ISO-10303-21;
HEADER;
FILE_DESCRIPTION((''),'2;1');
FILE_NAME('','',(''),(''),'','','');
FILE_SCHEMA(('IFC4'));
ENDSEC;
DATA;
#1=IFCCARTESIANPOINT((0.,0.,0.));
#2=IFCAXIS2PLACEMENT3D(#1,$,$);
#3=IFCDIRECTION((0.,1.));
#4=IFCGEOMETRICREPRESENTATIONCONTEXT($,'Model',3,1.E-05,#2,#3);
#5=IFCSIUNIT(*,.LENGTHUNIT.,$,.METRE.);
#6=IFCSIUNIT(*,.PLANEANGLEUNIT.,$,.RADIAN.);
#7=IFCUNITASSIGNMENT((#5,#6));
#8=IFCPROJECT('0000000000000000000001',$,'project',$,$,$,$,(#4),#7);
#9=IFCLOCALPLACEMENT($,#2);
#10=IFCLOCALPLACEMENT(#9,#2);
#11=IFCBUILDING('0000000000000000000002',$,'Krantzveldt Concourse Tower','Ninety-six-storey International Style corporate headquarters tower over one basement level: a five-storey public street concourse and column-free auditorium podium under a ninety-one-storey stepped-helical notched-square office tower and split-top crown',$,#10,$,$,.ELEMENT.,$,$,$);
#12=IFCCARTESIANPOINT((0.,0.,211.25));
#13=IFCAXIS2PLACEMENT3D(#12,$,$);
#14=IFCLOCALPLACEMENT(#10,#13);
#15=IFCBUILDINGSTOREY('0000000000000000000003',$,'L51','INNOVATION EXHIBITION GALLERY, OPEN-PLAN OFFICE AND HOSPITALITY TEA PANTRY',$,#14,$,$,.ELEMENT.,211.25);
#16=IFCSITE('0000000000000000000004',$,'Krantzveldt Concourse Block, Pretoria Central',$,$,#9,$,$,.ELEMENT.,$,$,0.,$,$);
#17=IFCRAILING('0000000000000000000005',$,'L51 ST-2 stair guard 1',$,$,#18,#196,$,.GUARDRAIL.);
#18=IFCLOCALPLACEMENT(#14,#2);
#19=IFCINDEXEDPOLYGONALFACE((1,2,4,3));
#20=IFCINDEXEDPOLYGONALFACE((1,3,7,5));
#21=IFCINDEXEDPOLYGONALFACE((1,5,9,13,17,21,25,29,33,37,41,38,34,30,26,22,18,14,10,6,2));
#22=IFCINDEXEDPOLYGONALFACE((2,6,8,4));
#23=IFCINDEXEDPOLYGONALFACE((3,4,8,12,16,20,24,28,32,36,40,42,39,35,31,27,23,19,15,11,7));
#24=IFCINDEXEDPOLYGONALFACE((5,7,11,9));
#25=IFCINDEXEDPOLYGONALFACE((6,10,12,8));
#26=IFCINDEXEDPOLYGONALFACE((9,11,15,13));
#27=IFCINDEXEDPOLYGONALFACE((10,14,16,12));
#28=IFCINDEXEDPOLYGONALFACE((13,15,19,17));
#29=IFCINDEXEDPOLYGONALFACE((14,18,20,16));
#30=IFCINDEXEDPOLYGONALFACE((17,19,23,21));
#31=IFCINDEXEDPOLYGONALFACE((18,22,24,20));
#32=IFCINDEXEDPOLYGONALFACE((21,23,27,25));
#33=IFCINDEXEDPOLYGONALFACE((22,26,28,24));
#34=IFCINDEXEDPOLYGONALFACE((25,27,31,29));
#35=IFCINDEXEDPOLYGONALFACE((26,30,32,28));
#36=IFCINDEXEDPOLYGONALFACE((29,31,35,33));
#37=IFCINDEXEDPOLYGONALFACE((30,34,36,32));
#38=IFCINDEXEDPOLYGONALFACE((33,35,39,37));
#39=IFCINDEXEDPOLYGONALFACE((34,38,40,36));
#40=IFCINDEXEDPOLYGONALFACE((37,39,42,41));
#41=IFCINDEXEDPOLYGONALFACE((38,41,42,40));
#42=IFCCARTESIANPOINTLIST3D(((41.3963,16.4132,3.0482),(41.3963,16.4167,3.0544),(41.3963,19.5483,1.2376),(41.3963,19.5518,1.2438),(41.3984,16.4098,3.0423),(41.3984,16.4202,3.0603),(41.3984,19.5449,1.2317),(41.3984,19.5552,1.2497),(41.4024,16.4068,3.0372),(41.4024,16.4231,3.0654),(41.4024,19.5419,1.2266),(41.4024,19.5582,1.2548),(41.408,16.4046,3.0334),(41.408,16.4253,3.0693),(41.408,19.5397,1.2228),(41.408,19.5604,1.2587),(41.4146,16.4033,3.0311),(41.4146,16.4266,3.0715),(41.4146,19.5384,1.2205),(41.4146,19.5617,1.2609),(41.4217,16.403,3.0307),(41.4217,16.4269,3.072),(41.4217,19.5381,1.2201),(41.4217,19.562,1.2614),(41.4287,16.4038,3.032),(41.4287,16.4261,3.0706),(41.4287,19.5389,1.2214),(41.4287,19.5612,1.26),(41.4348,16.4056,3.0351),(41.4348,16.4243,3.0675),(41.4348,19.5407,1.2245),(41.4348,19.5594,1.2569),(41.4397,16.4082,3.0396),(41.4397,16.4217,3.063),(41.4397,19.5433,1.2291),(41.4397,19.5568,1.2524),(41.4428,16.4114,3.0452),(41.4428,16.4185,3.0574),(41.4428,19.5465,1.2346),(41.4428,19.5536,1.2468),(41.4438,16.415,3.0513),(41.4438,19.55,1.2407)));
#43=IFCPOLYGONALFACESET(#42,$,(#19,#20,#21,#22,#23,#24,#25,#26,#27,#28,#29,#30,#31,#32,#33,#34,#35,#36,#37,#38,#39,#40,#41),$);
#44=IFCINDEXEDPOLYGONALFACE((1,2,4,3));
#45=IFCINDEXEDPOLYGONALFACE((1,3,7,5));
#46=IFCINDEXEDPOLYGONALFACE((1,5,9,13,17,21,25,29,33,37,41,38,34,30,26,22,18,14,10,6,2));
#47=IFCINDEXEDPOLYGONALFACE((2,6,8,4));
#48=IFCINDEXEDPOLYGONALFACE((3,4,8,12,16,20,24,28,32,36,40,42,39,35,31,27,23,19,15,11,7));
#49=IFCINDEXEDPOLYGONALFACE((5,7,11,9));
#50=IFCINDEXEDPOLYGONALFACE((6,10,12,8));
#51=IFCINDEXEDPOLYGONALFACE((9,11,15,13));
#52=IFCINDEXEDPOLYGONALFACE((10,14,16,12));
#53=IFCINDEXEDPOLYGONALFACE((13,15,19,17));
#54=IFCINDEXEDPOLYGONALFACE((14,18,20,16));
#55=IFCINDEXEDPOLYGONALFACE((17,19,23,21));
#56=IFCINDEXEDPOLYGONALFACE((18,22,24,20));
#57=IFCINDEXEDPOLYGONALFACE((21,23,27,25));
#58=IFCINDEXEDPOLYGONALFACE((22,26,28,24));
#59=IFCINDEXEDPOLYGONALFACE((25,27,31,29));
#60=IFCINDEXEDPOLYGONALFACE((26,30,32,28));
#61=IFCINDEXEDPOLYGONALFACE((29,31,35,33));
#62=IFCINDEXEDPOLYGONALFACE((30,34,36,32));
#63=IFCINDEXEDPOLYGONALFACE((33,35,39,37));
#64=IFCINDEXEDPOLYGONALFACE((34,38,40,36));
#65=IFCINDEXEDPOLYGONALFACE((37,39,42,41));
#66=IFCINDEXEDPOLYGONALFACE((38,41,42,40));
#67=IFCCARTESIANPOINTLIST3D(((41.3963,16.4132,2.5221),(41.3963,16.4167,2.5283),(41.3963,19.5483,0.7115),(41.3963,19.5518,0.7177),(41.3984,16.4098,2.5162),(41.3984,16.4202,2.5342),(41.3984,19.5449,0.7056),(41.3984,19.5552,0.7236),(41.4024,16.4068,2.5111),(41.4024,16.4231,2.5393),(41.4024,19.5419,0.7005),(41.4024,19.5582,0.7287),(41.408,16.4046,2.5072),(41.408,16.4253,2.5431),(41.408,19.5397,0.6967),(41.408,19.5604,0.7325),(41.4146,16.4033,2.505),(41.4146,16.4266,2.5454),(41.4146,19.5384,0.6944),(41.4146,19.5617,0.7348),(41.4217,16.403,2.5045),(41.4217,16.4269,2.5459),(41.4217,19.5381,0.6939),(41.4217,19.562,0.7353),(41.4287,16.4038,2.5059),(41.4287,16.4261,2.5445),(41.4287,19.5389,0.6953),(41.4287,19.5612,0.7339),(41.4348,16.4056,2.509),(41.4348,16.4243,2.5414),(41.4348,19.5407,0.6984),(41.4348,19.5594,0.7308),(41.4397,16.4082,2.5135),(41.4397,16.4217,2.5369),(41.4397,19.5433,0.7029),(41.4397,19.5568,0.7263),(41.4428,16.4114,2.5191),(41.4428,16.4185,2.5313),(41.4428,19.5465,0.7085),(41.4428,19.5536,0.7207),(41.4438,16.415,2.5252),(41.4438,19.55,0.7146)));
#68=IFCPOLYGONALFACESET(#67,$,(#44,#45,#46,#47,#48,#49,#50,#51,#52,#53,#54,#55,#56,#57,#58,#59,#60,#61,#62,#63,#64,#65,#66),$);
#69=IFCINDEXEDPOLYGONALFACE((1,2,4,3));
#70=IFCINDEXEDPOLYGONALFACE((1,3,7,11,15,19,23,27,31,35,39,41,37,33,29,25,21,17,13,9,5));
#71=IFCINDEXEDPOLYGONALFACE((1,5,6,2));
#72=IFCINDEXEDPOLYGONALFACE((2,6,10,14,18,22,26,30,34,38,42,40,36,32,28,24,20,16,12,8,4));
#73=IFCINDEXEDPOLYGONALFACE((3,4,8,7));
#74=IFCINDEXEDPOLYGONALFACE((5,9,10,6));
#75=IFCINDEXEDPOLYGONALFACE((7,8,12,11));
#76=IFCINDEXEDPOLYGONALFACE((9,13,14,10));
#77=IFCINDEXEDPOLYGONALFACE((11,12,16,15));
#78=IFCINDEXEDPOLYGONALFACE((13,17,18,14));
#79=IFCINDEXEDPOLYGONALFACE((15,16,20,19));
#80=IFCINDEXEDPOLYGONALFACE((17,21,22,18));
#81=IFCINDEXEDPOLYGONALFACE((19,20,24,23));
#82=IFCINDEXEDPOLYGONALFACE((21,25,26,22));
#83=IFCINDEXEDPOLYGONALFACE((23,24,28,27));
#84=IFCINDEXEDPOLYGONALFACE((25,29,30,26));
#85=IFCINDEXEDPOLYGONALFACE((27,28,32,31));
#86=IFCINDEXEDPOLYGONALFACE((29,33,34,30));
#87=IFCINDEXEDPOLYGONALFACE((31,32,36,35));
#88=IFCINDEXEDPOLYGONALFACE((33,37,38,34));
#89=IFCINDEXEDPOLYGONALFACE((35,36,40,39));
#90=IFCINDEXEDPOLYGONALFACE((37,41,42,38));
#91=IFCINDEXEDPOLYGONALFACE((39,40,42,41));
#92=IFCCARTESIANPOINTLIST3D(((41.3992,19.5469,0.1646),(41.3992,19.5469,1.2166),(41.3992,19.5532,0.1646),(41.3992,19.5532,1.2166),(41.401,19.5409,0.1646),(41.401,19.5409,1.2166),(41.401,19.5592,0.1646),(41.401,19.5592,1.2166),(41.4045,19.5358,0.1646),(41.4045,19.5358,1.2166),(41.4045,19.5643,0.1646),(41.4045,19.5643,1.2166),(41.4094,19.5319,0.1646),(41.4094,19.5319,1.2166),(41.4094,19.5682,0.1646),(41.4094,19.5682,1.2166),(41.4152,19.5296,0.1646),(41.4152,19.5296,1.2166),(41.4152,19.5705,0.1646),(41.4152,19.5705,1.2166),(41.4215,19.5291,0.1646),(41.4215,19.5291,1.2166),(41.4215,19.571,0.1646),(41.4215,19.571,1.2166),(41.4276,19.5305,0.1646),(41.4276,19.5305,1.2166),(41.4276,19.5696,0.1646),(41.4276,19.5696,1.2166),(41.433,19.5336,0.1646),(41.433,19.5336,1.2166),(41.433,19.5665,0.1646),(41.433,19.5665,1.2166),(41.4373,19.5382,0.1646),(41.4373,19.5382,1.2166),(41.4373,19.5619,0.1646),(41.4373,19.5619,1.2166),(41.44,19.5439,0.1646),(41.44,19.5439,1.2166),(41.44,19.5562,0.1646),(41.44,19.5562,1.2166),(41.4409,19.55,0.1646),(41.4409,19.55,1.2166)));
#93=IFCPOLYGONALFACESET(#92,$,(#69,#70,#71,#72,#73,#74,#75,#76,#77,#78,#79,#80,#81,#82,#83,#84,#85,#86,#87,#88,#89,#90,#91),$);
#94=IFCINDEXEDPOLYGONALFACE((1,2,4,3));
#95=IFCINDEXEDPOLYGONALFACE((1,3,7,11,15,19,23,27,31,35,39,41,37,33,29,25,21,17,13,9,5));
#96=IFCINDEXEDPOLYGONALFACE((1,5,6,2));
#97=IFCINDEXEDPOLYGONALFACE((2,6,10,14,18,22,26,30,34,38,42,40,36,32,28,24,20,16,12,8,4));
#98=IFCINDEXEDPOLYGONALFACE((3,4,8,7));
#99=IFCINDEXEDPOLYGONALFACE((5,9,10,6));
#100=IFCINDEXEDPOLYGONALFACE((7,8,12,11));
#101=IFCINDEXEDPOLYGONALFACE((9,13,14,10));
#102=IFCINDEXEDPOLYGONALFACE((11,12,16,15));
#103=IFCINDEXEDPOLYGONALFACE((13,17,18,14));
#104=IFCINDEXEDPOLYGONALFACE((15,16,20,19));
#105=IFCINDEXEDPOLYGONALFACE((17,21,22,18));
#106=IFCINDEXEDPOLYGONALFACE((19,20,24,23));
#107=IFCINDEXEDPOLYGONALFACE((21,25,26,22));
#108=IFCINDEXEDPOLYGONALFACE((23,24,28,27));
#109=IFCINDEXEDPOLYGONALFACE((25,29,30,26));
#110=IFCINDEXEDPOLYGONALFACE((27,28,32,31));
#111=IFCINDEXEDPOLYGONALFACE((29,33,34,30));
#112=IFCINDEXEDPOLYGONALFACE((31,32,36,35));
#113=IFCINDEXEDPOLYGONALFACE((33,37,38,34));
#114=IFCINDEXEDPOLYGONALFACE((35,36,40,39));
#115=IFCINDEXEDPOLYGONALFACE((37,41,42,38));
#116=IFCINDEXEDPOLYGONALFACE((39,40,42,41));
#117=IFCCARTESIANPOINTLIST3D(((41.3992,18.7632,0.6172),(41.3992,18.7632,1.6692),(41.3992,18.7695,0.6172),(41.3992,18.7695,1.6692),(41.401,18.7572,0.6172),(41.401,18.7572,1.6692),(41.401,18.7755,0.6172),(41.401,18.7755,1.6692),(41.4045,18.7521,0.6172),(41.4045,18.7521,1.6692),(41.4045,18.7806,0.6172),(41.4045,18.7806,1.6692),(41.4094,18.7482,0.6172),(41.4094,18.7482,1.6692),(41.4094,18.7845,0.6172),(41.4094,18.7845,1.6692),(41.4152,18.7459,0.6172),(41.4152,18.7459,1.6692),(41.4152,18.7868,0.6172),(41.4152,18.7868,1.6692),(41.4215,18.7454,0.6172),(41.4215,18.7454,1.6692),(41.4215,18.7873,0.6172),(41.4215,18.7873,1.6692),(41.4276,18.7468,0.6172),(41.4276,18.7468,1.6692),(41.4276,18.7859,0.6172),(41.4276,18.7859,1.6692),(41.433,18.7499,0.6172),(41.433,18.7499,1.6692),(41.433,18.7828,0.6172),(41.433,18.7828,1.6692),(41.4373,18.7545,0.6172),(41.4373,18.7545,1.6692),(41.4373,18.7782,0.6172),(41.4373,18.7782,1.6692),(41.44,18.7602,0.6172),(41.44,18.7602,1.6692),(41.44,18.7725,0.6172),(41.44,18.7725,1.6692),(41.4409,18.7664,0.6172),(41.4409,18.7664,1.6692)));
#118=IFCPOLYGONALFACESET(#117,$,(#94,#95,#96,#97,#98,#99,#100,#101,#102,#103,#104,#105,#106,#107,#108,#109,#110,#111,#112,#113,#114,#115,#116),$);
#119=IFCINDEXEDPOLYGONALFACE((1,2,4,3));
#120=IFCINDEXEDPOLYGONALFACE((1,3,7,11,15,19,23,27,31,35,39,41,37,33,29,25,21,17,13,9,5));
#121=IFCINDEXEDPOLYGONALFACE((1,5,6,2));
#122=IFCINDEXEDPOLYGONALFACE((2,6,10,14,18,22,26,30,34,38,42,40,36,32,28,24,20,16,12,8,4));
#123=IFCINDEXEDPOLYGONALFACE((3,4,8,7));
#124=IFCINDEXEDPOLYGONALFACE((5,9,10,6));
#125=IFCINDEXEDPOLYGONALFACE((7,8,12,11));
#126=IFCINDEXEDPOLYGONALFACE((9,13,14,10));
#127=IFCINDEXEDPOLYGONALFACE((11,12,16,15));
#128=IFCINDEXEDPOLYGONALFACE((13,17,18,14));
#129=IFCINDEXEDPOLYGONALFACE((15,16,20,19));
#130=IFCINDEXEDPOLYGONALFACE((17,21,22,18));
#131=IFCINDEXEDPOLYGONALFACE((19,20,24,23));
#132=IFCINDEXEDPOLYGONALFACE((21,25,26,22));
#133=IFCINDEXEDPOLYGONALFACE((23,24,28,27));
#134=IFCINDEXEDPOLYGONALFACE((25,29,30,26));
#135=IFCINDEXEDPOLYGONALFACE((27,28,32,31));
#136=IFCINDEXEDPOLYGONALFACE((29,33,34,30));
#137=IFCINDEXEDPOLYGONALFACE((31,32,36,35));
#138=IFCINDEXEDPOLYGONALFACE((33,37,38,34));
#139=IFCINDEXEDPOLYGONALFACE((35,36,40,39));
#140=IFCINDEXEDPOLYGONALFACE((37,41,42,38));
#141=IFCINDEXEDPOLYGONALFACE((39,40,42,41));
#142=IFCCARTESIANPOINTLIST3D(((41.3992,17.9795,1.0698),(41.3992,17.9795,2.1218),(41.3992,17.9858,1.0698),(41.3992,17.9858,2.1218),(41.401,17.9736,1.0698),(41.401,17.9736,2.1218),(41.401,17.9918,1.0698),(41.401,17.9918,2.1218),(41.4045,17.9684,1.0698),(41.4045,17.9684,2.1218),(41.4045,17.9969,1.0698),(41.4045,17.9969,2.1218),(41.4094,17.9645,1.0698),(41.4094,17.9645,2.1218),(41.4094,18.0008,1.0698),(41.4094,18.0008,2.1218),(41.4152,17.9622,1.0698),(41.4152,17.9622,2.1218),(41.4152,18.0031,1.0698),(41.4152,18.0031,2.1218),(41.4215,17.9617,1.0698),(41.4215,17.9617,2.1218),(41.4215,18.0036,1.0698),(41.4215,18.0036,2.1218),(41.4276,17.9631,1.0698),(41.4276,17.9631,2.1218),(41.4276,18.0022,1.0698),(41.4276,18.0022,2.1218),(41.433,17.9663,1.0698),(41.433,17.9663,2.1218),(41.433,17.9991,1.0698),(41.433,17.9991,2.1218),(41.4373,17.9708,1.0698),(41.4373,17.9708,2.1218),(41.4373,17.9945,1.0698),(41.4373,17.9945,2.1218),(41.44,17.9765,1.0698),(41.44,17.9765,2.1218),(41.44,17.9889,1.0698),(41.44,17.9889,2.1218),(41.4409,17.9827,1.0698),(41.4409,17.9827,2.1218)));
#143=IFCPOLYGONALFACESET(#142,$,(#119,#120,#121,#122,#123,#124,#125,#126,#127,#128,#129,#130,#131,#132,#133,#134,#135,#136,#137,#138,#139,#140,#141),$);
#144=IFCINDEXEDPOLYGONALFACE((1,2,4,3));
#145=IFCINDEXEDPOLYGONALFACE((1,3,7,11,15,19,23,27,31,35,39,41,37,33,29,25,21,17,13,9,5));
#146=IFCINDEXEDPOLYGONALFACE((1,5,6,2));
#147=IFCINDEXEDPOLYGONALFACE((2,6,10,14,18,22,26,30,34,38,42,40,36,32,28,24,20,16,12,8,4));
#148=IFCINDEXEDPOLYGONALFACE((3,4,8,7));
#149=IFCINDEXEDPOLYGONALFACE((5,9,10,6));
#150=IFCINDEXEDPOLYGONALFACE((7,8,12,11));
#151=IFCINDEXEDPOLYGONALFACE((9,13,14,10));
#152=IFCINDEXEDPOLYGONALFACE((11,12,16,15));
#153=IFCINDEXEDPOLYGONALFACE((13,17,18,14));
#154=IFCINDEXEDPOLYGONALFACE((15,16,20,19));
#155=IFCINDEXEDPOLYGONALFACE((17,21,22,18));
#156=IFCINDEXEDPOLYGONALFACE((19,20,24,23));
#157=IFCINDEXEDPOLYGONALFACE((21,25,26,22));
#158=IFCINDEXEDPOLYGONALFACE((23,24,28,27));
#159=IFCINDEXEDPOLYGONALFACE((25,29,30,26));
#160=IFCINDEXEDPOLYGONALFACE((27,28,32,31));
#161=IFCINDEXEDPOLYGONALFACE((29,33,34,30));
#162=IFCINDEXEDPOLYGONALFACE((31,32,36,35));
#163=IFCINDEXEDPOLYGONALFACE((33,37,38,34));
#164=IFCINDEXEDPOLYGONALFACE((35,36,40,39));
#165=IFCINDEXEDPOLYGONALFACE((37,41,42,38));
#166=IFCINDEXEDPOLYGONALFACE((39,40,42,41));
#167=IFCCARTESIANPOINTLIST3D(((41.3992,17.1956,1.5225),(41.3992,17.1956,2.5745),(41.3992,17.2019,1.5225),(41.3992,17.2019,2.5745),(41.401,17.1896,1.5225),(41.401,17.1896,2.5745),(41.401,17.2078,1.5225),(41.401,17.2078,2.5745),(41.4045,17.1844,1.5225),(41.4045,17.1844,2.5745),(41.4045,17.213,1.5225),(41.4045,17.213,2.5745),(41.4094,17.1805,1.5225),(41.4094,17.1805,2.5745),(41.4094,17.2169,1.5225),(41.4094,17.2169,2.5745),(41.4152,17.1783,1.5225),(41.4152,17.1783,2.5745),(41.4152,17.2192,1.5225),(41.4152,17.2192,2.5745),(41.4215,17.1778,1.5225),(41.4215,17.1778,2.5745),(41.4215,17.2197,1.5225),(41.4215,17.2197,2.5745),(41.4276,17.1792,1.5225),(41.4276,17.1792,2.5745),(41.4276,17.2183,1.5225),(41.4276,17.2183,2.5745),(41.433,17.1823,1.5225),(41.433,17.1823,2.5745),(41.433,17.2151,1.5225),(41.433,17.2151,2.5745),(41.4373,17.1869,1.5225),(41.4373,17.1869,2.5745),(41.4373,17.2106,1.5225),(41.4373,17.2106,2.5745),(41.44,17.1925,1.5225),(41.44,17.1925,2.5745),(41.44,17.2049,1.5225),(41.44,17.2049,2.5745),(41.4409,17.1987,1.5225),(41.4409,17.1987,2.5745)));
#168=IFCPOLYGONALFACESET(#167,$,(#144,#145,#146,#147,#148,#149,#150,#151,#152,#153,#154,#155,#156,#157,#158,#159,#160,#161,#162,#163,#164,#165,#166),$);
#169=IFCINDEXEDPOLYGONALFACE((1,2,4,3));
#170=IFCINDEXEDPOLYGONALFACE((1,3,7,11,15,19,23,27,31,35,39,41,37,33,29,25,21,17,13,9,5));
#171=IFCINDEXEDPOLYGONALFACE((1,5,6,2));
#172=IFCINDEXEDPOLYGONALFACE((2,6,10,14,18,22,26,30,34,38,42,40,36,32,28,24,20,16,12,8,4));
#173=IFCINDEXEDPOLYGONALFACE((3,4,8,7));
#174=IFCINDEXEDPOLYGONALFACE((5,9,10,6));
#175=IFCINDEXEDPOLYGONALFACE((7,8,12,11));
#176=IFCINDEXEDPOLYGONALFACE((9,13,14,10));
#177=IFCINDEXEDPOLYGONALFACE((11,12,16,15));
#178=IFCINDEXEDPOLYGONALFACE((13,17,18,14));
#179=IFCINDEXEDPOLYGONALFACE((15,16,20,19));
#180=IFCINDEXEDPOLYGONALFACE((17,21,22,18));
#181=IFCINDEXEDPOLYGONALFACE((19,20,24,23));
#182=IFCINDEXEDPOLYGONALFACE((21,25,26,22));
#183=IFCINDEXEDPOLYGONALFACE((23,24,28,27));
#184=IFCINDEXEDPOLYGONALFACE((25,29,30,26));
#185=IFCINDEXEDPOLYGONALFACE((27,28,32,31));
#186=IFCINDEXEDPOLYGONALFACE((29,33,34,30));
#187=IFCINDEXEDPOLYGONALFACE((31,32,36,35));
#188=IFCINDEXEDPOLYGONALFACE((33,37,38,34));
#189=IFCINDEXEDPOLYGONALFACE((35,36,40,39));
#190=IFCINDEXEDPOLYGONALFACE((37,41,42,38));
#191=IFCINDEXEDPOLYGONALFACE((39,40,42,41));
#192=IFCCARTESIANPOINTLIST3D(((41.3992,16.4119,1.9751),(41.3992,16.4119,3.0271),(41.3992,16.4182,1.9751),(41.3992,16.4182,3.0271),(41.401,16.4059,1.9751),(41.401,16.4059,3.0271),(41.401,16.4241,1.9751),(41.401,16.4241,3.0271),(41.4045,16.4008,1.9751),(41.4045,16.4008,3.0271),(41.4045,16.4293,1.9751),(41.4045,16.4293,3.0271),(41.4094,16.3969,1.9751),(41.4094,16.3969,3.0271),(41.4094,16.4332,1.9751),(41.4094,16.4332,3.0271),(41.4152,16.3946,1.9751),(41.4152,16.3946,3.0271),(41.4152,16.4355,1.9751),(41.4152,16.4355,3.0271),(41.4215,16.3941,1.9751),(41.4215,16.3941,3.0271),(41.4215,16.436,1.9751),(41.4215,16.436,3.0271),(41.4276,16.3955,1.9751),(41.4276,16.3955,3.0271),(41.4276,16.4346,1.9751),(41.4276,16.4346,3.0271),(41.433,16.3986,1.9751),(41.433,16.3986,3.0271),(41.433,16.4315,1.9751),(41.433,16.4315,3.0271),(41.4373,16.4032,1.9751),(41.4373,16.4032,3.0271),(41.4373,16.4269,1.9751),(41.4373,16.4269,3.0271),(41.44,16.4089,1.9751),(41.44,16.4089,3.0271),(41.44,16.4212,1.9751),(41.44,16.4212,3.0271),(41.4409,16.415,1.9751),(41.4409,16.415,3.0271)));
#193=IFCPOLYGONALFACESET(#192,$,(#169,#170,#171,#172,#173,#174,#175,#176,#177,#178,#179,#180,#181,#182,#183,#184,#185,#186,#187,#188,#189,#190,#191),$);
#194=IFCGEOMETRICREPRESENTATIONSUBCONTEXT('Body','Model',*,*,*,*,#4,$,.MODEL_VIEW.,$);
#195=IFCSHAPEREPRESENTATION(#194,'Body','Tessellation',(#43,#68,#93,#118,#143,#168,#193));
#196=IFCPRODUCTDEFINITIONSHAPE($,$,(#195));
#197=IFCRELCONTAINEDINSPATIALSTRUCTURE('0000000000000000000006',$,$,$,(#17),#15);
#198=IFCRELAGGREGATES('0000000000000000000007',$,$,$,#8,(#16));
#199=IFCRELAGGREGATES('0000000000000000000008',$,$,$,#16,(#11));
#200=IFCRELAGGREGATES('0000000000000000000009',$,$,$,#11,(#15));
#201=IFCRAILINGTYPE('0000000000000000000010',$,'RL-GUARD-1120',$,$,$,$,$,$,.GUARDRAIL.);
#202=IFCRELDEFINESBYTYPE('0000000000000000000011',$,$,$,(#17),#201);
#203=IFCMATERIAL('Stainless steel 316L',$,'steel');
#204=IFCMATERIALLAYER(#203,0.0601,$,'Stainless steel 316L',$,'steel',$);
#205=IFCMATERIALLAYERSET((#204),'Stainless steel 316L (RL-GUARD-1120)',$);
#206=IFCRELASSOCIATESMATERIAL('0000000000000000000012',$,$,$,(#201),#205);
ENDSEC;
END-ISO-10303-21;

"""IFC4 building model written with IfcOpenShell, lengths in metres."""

from ifc_helpers import new_model, si_unit, direction, frame, origin, origin_2d, place, context, subcontext, project, spatial, circle, extrude, material, layer, layer_set, type_object, element, save


model = new_model("IFC4")

# Units and contexts
model_context = context("Model", 3, precision=1e-05, world=origin(), true_north=direction((0.0, 1.0)))
body_context = subcontext(model_context, "Body", "Model", "MODEL_VIEW")
ifc_project = project(units=[si_unit("LENGTHUNIT", "METRE"), si_unit("PLANEANGLEUNIT", "RADIAN")], contexts=[model_context])

# Site, building, storey
site_placement = place(None, origin())
site = spatial("IfcSite", under=ifc_project, at=site_placement, Name="Krantzveldt Concourse Block, Pretoria Central", CompositionType="ELEMENT", RefElevation=0.0)
building_placement = place(site_placement, origin())
building = spatial("IfcBuilding", under=site, at=building_placement, Name="Krantzveldt Concourse Tower", Description="Ninety-six-storey International Style corporate headquarters tower over one basement level: a five-storey public street concourse and column-free auditorium podium under a ninety-one-storey stepped-helical notched-square office tower and split-top crown", CompositionType="ELEMENT")
storey_placement = place(building_placement, frame((0.0, 0.0, 211.25)))
storey = spatial("IfcBuildingStorey", under=building, at=storey_placement, Name="L51", Description="INNOVATION EXHIBITION GALLERY, OPEN-PLAN OFFICE AND HOSPITALITY TEA PANTRY", CompositionType="ELEMENT", Elevation=211.25)

# Shared definitions
ifc_material_1 = material(Name="Stainless steel 316L", Category="steel")

# Railing
ifc_layer_1 = layer(ifc_material_1, 0.0601, Name="Stainless steel 316L", Category="steel")
ifc_layer_set_1 = layer_set([ifc_layer_1], Name="Stainless steel 316L (RL-GUARD-1120)")
railing_type_1 = type_object("IfcRailingType", Name="RL-GUARD-1120", PredefinedType="GUARDRAIL", material=ifc_layer_set_1)
railing_1_placement = place(storey_placement, frame((41.4199, 19.55, 0.1646)))
element("IfcRailing", 1, at=railing_1_placement, inside=storey, type_object=railing_type_1, Name="L51 ST-2 stair guard 1", PredefinedType="GUARDRAIL", context=body_context, shape_type="SweptSolid", body=[
    extrude(circle(Radius=0.0239, at=origin_2d()), frame((0.0, 0.0, 1.0762), z_axis=(0.0, -0.86596, 0.500114), x_axis=(1.0, 0.0, 0.0)), (0.0, 0.0, 1.0), 3.6204),
    extrude(circle(Radius=0.0239, at=origin_2d()), frame((0.0, 0.0, 0.55), z_axis=(0.0, -0.86596, 0.500114), x_axis=(1.0, 0.0, 0.0)), (0.0, 0.0, 1.0), 3.6204),
    extrude(circle(Radius=0.021, at=origin_2d()), origin(), (0.0, 0.0, 1.0), 1.052),
    extrude(circle(Radius=0.021, at=origin_2d()), frame((0.0, -0.7837, 0.4526)), (0.0, 0.0, 1.0), 1.052),
    extrude(circle(Radius=0.021, at=origin_2d()), frame((0.0, -1.5674, 0.9053)), (0.0, 0.0, 1.0), 1.052),
    extrude(circle(Radius=0.021, at=origin_2d()), frame((0.0, -2.3513, 1.3579)), (0.0, 0.0, 1.0), 1.052),
    extrude(circle(Radius=0.021, at=origin_2d()), frame((0.0, -3.135, 1.8105)), (0.0, 0.0, 1.0), 1.052),
])

save(model, "model.ifc")
